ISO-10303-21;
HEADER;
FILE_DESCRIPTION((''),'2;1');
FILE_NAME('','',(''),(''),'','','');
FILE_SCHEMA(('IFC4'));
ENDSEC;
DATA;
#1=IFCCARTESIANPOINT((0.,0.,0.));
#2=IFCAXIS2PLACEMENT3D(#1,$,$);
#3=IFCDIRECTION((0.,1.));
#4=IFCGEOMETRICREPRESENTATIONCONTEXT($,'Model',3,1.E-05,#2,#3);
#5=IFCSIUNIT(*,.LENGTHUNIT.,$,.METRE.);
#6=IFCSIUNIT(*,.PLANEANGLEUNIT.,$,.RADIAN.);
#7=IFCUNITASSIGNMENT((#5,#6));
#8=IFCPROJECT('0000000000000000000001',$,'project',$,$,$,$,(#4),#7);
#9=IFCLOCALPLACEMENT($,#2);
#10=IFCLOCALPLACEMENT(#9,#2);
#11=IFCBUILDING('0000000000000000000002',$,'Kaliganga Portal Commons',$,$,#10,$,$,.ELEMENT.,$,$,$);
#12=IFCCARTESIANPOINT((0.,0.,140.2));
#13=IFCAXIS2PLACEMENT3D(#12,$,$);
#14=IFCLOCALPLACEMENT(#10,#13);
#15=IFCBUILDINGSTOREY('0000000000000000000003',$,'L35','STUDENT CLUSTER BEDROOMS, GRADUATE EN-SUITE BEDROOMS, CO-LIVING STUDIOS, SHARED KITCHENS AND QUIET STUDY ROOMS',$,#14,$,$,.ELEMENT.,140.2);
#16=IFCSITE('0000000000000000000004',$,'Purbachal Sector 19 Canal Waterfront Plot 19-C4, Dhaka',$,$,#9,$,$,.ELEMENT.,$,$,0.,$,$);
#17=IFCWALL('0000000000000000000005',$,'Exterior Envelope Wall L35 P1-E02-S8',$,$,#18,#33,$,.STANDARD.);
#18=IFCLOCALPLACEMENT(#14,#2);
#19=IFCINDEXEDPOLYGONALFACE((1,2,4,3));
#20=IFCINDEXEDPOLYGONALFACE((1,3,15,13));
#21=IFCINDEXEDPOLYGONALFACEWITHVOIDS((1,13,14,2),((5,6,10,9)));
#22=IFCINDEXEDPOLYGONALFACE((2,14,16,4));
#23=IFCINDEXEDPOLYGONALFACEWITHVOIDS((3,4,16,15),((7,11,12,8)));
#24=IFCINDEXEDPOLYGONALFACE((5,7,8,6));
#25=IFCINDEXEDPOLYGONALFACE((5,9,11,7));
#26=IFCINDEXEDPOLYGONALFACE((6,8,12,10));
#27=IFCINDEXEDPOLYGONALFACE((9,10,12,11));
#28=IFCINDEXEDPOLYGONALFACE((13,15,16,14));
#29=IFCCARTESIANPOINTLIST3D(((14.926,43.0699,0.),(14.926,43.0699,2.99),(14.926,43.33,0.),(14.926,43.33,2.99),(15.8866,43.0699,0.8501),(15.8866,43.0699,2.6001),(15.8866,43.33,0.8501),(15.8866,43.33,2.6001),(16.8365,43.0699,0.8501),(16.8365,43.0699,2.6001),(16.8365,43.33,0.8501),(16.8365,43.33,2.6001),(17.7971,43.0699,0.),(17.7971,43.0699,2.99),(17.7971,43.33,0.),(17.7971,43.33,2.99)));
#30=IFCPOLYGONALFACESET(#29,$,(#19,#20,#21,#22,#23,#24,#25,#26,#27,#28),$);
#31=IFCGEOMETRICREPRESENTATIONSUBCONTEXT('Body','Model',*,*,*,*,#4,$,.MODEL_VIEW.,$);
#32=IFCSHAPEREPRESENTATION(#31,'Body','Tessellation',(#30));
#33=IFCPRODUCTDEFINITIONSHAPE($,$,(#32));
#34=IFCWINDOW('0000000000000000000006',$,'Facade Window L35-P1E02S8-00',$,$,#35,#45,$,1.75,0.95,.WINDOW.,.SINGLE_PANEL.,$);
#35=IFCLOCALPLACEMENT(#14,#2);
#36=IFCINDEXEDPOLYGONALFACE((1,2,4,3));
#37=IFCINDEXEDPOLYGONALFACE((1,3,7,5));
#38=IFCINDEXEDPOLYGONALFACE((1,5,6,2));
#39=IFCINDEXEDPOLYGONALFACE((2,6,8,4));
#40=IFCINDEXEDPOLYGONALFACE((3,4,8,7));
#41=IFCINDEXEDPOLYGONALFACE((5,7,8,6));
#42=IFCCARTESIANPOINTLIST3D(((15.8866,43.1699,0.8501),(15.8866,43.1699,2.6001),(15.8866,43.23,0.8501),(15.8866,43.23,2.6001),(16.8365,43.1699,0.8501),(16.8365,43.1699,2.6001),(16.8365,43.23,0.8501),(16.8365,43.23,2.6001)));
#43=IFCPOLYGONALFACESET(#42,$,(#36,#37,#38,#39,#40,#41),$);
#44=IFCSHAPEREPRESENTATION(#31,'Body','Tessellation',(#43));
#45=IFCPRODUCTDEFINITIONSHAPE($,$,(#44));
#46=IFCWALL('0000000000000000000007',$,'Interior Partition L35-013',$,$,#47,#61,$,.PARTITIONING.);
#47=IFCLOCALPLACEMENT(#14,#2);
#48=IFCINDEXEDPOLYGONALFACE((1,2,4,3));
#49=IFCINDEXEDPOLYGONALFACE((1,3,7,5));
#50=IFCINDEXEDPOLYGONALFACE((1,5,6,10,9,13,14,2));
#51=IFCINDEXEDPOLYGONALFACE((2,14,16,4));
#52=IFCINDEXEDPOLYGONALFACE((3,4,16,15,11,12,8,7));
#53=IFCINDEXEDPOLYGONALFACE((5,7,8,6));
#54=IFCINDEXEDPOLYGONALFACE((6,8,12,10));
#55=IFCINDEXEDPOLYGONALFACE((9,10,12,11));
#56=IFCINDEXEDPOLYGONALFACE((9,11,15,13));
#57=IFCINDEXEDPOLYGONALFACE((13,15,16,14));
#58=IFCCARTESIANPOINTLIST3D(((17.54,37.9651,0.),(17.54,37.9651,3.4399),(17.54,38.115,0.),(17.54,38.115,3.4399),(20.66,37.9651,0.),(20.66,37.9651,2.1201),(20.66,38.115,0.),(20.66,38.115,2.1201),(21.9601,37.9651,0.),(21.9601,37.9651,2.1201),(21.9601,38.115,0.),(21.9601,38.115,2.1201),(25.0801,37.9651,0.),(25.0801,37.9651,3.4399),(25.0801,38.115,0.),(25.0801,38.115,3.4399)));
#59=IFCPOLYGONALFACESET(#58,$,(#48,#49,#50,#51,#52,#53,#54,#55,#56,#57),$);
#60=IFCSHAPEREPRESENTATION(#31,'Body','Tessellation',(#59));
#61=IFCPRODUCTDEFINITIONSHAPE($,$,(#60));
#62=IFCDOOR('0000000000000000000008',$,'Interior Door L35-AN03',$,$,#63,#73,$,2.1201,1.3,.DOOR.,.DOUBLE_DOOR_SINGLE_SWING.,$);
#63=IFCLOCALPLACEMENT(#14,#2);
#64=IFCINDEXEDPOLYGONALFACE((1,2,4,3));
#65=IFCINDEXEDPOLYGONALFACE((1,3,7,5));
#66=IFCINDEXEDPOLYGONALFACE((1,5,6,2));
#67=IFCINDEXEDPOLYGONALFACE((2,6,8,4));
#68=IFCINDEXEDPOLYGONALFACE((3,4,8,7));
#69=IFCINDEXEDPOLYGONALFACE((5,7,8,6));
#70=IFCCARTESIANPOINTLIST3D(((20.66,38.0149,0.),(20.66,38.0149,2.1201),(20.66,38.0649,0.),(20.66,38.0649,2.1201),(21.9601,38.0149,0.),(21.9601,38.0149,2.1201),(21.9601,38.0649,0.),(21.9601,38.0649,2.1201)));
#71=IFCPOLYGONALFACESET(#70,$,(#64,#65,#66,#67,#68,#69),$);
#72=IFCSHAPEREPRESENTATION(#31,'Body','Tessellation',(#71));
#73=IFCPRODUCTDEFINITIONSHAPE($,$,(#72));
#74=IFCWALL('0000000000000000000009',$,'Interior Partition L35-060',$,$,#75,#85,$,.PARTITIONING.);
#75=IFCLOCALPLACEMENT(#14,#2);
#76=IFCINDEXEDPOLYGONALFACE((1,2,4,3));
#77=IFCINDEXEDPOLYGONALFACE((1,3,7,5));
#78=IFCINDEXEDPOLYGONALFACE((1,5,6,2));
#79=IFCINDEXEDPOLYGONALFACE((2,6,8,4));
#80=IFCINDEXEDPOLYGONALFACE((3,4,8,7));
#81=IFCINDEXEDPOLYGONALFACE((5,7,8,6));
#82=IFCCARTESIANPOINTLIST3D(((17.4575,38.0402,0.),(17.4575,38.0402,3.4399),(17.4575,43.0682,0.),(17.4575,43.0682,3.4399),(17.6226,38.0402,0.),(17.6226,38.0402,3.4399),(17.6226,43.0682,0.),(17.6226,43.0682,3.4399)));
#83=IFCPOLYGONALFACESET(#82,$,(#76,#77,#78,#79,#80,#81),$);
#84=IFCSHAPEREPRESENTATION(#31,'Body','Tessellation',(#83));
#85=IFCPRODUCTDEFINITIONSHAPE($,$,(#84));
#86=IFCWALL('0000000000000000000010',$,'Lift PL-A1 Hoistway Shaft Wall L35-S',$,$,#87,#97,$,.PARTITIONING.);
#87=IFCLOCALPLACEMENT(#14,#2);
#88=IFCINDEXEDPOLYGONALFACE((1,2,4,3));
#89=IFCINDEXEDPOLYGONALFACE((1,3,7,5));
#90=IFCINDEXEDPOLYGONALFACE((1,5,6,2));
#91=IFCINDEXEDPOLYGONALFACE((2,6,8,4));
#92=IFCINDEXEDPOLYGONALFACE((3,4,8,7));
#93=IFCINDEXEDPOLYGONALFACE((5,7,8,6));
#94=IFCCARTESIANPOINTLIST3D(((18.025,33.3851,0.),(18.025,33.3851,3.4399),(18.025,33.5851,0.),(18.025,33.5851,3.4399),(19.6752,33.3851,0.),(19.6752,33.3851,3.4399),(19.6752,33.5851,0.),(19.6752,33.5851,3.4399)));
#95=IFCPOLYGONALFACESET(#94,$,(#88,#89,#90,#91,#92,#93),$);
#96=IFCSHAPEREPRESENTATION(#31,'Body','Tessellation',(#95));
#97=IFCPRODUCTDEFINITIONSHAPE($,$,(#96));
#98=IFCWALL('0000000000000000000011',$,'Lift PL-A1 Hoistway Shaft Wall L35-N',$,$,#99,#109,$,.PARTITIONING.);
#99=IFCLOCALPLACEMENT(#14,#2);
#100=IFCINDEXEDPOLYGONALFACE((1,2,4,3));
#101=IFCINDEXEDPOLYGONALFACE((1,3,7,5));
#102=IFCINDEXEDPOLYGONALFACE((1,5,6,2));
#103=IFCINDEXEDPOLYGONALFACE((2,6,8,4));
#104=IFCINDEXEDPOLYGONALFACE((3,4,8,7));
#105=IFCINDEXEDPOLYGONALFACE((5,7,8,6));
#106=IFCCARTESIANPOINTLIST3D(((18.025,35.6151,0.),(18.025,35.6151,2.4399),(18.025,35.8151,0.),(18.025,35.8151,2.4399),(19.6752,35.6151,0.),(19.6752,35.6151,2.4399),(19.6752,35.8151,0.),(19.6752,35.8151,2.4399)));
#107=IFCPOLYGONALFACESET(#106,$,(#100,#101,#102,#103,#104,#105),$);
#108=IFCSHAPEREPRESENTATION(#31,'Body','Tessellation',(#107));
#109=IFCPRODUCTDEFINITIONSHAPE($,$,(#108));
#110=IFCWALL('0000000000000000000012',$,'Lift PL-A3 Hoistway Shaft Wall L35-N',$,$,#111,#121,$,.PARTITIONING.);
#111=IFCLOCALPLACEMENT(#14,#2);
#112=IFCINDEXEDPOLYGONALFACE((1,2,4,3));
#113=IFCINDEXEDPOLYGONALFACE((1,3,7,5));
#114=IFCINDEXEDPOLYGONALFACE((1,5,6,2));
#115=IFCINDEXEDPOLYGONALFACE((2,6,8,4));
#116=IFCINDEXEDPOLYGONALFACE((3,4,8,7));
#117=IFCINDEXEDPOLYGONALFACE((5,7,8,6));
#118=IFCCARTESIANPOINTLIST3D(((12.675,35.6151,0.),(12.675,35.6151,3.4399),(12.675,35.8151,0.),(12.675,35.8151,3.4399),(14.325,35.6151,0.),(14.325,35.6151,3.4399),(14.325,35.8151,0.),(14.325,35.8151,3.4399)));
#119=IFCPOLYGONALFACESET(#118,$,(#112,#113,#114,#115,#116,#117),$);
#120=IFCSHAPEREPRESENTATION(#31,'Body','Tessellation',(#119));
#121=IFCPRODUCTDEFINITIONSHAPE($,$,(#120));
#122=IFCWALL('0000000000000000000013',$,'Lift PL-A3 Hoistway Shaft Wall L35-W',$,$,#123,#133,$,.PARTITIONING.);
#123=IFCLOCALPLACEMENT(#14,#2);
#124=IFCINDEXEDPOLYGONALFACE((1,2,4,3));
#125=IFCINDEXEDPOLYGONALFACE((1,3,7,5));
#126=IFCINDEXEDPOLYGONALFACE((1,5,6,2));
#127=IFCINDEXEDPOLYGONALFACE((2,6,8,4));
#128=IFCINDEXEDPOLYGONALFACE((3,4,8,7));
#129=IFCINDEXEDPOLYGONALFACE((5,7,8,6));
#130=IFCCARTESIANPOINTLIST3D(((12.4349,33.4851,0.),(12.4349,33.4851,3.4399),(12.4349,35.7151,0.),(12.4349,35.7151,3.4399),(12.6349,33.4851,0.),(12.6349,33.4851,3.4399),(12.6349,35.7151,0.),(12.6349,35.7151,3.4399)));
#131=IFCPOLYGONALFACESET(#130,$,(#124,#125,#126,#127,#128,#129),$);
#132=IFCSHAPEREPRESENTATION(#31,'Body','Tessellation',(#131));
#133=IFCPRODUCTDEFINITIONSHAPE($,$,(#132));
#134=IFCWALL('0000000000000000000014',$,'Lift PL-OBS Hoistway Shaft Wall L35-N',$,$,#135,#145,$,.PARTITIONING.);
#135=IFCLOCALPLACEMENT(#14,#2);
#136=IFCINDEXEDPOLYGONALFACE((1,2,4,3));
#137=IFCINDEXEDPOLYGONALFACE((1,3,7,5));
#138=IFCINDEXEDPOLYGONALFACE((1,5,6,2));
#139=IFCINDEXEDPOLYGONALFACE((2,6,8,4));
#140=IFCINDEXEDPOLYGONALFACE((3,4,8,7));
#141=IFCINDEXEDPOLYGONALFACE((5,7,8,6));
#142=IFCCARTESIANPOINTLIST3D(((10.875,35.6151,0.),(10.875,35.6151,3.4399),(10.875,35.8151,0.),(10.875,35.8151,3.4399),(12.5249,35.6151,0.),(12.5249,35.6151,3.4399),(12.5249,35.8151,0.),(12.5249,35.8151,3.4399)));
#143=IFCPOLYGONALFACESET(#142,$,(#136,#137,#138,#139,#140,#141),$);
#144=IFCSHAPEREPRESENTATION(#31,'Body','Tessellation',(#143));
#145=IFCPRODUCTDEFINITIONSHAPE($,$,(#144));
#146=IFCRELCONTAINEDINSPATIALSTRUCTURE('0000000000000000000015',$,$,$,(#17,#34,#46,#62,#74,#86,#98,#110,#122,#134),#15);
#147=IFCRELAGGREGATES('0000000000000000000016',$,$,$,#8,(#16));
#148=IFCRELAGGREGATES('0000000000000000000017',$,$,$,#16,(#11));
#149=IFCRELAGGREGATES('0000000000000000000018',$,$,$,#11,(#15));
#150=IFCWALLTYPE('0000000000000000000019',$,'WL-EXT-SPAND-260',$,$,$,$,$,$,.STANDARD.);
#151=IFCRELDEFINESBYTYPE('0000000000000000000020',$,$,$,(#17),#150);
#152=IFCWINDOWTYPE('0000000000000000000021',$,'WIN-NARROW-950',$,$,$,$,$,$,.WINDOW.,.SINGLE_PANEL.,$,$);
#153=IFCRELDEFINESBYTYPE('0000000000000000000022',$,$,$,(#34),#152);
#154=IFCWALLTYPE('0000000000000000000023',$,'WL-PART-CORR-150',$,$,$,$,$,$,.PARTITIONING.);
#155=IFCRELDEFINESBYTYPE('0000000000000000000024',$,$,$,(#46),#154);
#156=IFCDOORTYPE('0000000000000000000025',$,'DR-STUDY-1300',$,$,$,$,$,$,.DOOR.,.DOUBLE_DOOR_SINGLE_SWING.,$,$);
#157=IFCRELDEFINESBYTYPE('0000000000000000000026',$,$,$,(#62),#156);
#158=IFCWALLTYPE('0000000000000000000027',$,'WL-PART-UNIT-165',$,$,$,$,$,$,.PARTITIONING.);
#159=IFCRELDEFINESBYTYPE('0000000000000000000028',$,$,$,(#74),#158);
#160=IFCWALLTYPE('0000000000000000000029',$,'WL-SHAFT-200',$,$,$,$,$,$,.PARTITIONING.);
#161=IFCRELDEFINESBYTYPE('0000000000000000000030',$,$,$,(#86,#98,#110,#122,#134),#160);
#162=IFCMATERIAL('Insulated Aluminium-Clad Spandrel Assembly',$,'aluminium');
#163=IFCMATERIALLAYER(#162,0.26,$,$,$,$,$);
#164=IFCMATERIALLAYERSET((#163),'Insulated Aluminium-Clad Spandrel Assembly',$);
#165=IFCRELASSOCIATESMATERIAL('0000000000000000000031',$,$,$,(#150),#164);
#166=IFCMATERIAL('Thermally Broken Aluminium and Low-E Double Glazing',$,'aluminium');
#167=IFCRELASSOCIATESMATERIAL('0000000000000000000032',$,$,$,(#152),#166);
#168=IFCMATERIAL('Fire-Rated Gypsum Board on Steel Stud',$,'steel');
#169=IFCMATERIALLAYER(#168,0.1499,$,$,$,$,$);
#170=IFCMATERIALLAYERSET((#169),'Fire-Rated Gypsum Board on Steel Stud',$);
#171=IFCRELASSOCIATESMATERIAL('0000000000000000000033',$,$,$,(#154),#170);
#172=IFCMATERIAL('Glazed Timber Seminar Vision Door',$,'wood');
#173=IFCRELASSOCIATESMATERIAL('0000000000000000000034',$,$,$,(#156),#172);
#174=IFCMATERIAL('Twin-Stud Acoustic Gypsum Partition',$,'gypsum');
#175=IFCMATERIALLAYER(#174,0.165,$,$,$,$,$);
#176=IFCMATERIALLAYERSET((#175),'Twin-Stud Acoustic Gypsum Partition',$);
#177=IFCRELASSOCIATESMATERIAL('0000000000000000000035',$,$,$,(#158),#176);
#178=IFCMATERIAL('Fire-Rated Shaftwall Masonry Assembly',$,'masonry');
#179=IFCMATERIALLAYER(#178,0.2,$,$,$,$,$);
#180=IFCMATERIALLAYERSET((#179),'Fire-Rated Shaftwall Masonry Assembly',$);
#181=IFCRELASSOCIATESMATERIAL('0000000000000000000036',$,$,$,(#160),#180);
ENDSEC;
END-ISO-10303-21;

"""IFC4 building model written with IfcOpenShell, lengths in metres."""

from ifc_helpers import new_model, si_unit, direction, frame, frame_2d, origin, place, context, subcontext, project, spatial, rectangle, extrude, material, layer, layer_set, type_object, element, fill, save


model = new_model("IFC4")

# Units and contexts
model_context = context("Model", 3, precision=1e-05, world=origin(), true_north=direction((0.0, 1.0)))
body_context = subcontext(model_context, "Body", "Model", "MODEL_VIEW")
ifc_project = project(units=[si_unit("LENGTHUNIT", "METRE"), si_unit("PLANEANGLEUNIT", "RADIAN")], contexts=[model_context])

# Site, building, storey
site_placement = place(None, origin())
site = spatial("IfcSite", under=ifc_project, at=site_placement, Name="Purbachal Sector 19 Canal Waterfront Plot 19-C4, Dhaka", CompositionType="ELEMENT", RefElevation=0.0)
building_placement = place(site_placement, origin())
building = spatial("IfcBuilding", under=site, at=building_placement, Name="Kaliganga Portal Commons", CompositionType="ELEMENT")
storey_placement = place(building_placement, frame((0.0, 0.0, 140.2)))
storey = spatial("IfcBuildingStorey", under=building, at=storey_placement, Name="L35", Description="STUDENT CLUSTER BEDROOMS, GRADUATE EN-SUITE BEDROOMS, CO-LIVING STUDIOS, SHARED KITCHENS AND QUIET STUDY ROOMS", CompositionType="ELEMENT", Elevation=140.2)

# Wall, opening, window
ifc_material_1 = material(Name="Insulated Aluminium-Clad Spandrel Assembly", Category="aluminium")
ifc_layer_1 = layer(ifc_material_1, 0.26)
ifc_layer_set_1 = layer_set([ifc_layer_1], Name="Insulated Aluminium-Clad Spandrel Assembly")
wall_type_1 = type_object("IfcWallType", Name="WL-EXT-SPAND-260", PredefinedType="STANDARD", material=ifc_layer_set_1)
wall_1_placement = place(storey_placement, frame((14.926, 43.2, 0.0), z_axis=(0.0, 0.0, 1.0), x_axis=(1.0, 0.0, 0.0)))
wall_1 = element("IfcWall", 1, at=wall_1_placement, inside=storey, type_object=wall_type_1, Name="Exterior Envelope Wall L35 P1-E02-S8", PredefinedType="STANDARD", context=body_context, shape_type="SweptSolid", body=[
    extrude(rectangle(XDim=2.8711, YDim=0.26, at=frame_2d((1.4355, 0.0))), origin(), (0.0, 0.0, 1.0), 2.99),
])
opening_1_placement = place(wall_1_placement, frame((0.9604, 0.0, 0.8501)))
opening_1 = element("IfcOpeningElement", 2, at=opening_1_placement, cuts=wall_1, PredefinedType="OPENING", context=body_context, shape_type="SweptSolid", body=[
    extrude(rectangle(XDim=0.95, YDim=1.75, at=frame_2d((0.4751, 0.875))), frame((0.0, 0.1401, 0.0), z_axis=(0.0, -1.0, 0.0), x_axis=(1.0, 0.0, 0.0)), (0.0, 0.0, 1.0), 0.28),
])
ifc_material_2 = material(Name="Thermally Broken Aluminium and Low-E Double Glazing", Category="aluminium")
window_type = type_object("IfcWindowType", Name="WIN-NARROW-950", PartitioningType="SINGLE_PANEL", PredefinedType="WINDOW", material=ifc_material_2)
window_placement = place(opening_1_placement, origin())
window = element("IfcWindow", 3, at=window_placement, inside=storey, type_object=window_type, Name="Facade Window L35-P1E02S8-00", OverallHeight=1.75, OverallWidth=0.95, PartitioningType="SINGLE_PANEL", PredefinedType="WINDOW", context=body_context, shape_type="SweptSolid", body=[
    extrude(rectangle(XDim=0.95, YDim=1.75, at=frame_2d((0.4751, 0.875))), frame((0.0, 0.03, 0.0), z_axis=(0.0, -1.0, 0.0), x_axis=(1.0, 0.0, 0.0)), (0.0, 0.0, 1.0), 0.0601),
])
fill(opening_1, window)

# Wall, opening, door
ifc_material_3 = material(Name="Fire-Rated Gypsum Board on Steel Stud", Category="steel")
ifc_layer_2 = layer(ifc_material_3, 0.1499)
ifc_layer_set_2 = layer_set([ifc_layer_2], Name="Fire-Rated Gypsum Board on Steel Stud")
wall_type_2 = type_object("IfcWallType", Name="WL-PART-CORR-150", PredefinedType="PARTITIONING", material=ifc_layer_set_2)
wall_2_placement = place(storey_placement, frame((17.54, 38.04, 0.0), z_axis=(0.0, 0.0, 1.0), x_axis=(1.0, 0.0, 0.0)))
wall_2 = element("IfcWall", 4, at=wall_2_placement, inside=storey, type_object=wall_type_2, Name="Interior Partition L35-013", PredefinedType="PARTITIONING", context=body_context, shape_type="SweptSolid", body=[
    extrude(rectangle(XDim=7.54, YDim=0.1499, at=frame_2d((3.77, 0.0))), origin(), (0.0, 0.0, 1.0), 3.4399),
])
opening_2_placement = place(wall_2_placement, frame((3.1201, 0.0, 0.0)))
opening_2 = element("IfcOpeningElement", 5, at=opening_2_placement, cuts=wall_2, PredefinedType="OPENING", context=body_context, shape_type="SweptSolid", body=[
    extrude(rectangle(XDim=1.3, YDim=2.1201, at=frame_2d((0.6499, 1.0601))), frame((0.0, 0.085, 0.0), z_axis=(0.0, -1.0, 0.0), x_axis=(1.0, 0.0, 0.0)), (0.0, 0.0, 1.0), 0.1699),
])
ifc_material_4 = material(Name="Glazed Timber Seminar Vision Door", Category="wood")
door_type_1 = type_object("IfcDoorType", Name="DR-STUDY-1300", OperationType="DOUBLE_DOOR_SINGLE_SWING", PredefinedType="DOOR", material=ifc_material_4)
door_1_placement = place(opening_2_placement, origin())
door_1 = element("IfcDoor", 6, at=door_1_placement, inside=storey, type_object=door_type_1, Name="Interior Door L35-AN03", OperationType="DOUBLE_DOOR_SINGLE_SWING", OverallHeight=2.1201, OverallWidth=1.3, PredefinedType="DOOR", context=body_context, shape_type="SweptSolid", body=[
    extrude(rectangle(XDim=1.3, YDim=2.1201, at=frame_2d((0.6499, 1.0601))), frame((0.0, 0.0249, 0.0), z_axis=(0.0, -1.0, 0.0), x_axis=(1.0, 0.0, 0.0)), (0.0, 0.0, 1.0), 0.05),
])
fill(opening_2, door_1)

# Walls
ifc_material_5 = material(Name="Twin-Stud Acoustic Gypsum Partition", Category="gypsum")
ifc_layer_3 = layer(ifc_material_5, 0.165)
ifc_layer_set_3 = layer_set([ifc_layer_3], Name="Twin-Stud Acoustic Gypsum Partition")
wall_type_3 = type_object("IfcWallType", Name="WL-PART-UNIT-165", PredefinedType="PARTITIONING", material=ifc_layer_set_3)
wall_3_placement = place(storey_placement, frame((17.54, 38.04, 0.0), z_axis=(0.0, 0.0, 1.0), x_axis=(0.0, 1.0, 0.0)))
element("IfcWall", 7, at=wall_3_placement, inside=storey, type_object=wall_type_3, Name="Interior Partition L35-060", PredefinedType="PARTITIONING", context=body_context, shape_type="SweptSolid", body=[
    extrude(rectangle(XDim=5.0281, YDim=0.165, at=frame_2d((2.5142, 0.0))), origin(), (0.0, 0.0, 1.0), 3.4399),
])
ifc_material_6 = material(Name="Fire-Rated Shaftwall Masonry Assembly", Category="masonry")
ifc_layer_4 = layer(ifc_material_6, 0.2)
ifc_layer_set_4 = layer_set([ifc_layer_4], Name="Fire-Rated Shaftwall Masonry Assembly")
wall_type_4 = type_object("IfcWallType", Name="WL-SHAFT-200", PredefinedType="PARTITIONING", material=ifc_layer_set_4)
wall_4_placement = place(storey_placement, frame((18.0249, 33.4851, 0.0), z_axis=(0.0, 0.0, 1.0), x_axis=(1.0, 0.0, 0.0)))
element("IfcWall", 8, at=wall_4_placement, inside=storey, type_object=wall_type_4, Name="Lift PL-A1 Hoistway Shaft Wall L35-S", PredefinedType="PARTITIONING", context=body_context, shape_type="SweptSolid", body=[
    extrude(rectangle(XDim=1.6501, YDim=0.2, at=frame_2d((0.8252, 0.0))), origin(), (0.0, 0.0, 1.0), 3.4399),
])
wall_5_placement = place(storey_placement, frame((18.0249, 35.7151, 0.0), z_axis=(0.0, 0.0, 1.0), x_axis=(1.0, 0.0, 0.0)))
element("IfcWall", 9, at=wall_5_placement, inside=storey, type_object=wall_type_4, Name="Lift PL-A1 Hoistway Shaft Wall L35-N", PredefinedType="PARTITIONING", context=body_context, shape_type="SweptSolid", body=[
    extrude(rectangle(XDim=1.6501, YDim=0.2, at=frame_2d((0.8252, 0.0))), origin(), (0.0, 0.0, 1.0), 2.4399),
])

# Walls
wall_6_placement = place(storey_placement, frame((12.675, 35.7151, 0.0), z_axis=(0.0, 0.0, 1.0), x_axis=(1.0, 0.0, 0.0)))
element("IfcWall", 10, at=wall_6_placement, inside=storey, type_object=wall_type_4, Name="Lift PL-A3 Hoistway Shaft Wall L35-N", PredefinedType="PARTITIONING", context=body_context, shape_type="SweptSolid", body=[
    extrude(rectangle(XDim=1.6499, YDim=0.2, at=frame_2d((0.825, 0.0))), origin(), (0.0, 0.0, 1.0), 3.4399),
])
wall_7_placement = place(storey_placement, frame((12.5349, 33.4851, 0.0), z_axis=(0.0, 0.0, 1.0), x_axis=(0.0, 1.0, 0.0)))
element("IfcWall", 11, at=wall_7_placement, inside=storey, type_object=wall_type_4, Name="Lift PL-A3 Hoistway Shaft Wall L35-W", PredefinedType="PARTITIONING", context=body_context, shape_type="SweptSolid", body=[
    extrude(rectangle(XDim=2.23, YDim=0.2, at=frame_2d((1.115, 0.0))), origin(), (0.0, 0.0, 1.0), 3.4399),
])
wall_8_placement = place(storey_placement, frame((10.875, 35.7151, 0.0), z_axis=(0.0, 0.0, 1.0), x_axis=(1.0, 0.0, 0.0)))
element("IfcWall", 12, at=wall_8_placement, inside=storey, type_object=wall_type_4, Name="Lift PL-OBS Hoistway Shaft Wall L35-N", PredefinedType="PARTITIONING", context=body_context, shape_type="SweptSolid", body=[
    extrude(rectangle(XDim=1.6499, YDim=0.2, at=frame_2d((0.825, 0.0))), origin(), (0.0, 0.0, 1.0), 3.4399),
])

save(model, "model.ifc")
